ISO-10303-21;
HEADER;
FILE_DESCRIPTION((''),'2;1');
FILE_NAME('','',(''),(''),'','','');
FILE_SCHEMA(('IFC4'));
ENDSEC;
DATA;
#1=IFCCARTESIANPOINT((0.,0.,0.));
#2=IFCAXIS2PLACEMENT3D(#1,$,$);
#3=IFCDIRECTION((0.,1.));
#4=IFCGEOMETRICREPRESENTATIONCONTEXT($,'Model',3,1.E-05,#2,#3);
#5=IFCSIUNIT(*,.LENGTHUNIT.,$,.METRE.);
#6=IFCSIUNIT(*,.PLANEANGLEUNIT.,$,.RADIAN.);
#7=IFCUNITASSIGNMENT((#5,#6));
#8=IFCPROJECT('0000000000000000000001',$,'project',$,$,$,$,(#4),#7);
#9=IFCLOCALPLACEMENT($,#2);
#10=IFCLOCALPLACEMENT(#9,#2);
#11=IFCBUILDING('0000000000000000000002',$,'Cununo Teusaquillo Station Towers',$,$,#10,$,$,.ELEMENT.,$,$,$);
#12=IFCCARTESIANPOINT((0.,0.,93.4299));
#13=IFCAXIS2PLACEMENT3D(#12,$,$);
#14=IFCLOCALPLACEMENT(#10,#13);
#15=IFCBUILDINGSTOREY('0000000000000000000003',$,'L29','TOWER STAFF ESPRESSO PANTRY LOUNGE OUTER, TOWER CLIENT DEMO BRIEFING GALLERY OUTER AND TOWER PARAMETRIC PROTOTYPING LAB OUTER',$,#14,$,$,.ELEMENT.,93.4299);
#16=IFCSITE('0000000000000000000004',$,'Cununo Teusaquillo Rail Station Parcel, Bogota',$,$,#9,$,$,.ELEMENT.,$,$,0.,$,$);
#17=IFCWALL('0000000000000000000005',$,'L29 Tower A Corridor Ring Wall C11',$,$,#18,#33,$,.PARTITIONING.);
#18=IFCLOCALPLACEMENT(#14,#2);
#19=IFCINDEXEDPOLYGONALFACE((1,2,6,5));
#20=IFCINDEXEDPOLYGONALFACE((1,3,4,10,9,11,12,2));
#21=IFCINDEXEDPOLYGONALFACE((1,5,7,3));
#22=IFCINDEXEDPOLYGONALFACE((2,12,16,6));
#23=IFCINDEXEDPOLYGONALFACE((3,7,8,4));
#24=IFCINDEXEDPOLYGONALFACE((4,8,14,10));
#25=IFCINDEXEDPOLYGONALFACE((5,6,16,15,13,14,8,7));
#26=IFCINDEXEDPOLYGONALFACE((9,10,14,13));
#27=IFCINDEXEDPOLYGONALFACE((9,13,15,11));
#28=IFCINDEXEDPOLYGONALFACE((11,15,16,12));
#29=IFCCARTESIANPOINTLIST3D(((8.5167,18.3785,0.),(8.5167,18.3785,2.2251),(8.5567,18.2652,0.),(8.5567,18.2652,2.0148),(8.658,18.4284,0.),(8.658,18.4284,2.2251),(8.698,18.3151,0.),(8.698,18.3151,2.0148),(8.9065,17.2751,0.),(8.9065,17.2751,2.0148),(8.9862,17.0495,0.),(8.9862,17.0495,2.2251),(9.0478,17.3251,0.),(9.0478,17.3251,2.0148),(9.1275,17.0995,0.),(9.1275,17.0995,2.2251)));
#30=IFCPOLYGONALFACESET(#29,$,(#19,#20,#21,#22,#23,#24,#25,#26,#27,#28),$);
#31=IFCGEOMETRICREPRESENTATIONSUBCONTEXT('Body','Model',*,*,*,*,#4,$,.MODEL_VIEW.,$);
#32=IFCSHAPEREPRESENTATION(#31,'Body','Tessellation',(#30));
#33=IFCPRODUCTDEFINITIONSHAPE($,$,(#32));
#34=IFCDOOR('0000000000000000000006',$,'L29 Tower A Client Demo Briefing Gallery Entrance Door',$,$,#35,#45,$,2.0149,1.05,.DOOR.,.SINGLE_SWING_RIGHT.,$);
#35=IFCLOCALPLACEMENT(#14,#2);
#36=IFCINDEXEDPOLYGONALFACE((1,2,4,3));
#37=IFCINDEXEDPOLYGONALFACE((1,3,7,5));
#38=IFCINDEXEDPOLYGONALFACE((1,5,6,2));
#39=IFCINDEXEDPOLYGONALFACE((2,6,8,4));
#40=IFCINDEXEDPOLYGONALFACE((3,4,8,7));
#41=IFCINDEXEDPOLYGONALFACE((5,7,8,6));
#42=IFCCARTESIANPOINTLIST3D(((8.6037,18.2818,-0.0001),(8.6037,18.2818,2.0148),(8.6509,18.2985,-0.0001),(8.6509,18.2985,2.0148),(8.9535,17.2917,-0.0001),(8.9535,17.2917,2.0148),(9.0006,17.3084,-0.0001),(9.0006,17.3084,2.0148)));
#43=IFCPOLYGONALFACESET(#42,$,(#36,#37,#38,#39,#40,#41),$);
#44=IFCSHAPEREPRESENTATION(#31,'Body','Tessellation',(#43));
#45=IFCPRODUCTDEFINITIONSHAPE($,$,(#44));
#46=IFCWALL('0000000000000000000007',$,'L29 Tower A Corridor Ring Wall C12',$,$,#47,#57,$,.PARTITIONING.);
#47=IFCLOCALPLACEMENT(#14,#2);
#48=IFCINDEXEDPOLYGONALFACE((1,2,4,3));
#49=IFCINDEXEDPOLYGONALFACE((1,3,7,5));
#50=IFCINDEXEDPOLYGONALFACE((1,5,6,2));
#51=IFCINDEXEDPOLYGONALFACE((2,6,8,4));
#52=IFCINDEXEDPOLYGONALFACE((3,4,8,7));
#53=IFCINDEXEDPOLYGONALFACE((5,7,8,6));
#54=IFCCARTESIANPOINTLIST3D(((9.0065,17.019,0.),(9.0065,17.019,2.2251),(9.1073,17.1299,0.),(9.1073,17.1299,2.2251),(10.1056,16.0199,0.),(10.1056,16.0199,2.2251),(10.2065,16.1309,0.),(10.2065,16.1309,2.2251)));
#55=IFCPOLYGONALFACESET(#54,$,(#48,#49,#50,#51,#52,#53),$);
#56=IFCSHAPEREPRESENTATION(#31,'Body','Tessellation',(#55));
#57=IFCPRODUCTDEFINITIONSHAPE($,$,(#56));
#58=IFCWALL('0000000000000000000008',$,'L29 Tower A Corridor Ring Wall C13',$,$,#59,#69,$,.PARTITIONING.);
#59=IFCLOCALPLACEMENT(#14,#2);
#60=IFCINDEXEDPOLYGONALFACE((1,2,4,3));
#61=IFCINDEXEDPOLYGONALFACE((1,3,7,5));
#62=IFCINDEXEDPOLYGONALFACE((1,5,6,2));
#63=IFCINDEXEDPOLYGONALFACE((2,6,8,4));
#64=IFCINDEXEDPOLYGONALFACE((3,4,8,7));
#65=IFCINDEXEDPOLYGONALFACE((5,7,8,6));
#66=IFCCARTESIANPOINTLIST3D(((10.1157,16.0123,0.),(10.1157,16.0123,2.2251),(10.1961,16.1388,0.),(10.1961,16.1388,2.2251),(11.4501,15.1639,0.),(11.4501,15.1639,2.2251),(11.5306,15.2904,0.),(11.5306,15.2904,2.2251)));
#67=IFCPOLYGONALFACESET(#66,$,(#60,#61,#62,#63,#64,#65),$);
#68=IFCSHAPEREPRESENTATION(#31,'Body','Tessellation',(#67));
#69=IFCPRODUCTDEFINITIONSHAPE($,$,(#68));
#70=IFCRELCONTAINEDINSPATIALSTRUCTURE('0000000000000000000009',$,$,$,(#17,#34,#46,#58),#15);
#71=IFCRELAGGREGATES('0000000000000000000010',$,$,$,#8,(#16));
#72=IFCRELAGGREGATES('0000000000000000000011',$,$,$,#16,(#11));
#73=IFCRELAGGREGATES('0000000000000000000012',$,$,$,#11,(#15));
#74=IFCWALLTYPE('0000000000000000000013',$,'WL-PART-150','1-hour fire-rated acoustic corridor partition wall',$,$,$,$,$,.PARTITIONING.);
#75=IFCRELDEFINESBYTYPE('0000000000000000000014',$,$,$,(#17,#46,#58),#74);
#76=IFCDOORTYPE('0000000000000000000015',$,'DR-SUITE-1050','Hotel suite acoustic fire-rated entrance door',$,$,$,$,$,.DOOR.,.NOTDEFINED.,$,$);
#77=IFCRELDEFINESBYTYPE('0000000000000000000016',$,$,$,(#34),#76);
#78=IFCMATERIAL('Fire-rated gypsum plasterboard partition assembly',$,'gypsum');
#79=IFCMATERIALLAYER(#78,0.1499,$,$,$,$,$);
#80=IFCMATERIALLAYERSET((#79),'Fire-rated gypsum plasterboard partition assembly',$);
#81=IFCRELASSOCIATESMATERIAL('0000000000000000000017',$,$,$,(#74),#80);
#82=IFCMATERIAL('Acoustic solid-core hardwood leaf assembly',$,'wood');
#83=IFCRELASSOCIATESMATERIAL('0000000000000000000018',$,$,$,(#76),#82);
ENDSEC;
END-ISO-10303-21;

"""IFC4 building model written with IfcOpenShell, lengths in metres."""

from ifc_helpers import new_model, si_unit, direction, frame, frame_2d, origin, place, context, subcontext, project, spatial, rectangle, extrude, source, transform, mapped, material, layer, layer_set, type_object, element, fill, save


model = new_model("IFC4")

# Units and contexts
model_context = context("Model", 3, precision=1e-05, world=origin(), true_north=direction((0.0, 1.0)))
body_context = subcontext(model_context, "Body", "Model", "MODEL_VIEW")
ifc_project = project(units=[si_unit("LENGTHUNIT", "METRE"), si_unit("PLANEANGLEUNIT", "RADIAN")], contexts=[model_context])

# Site, building, storey
site_placement = place(None, origin())
site = spatial("IfcSite", under=ifc_project, at=site_placement, Name="Cununo Teusaquillo Rail Station Parcel, Bogota", CompositionType="ELEMENT", RefElevation=0.0)
building_placement = place(site_placement, origin())
building = spatial("IfcBuilding", under=site, at=building_placement, Name="Cununo Teusaquillo Station Towers", CompositionType="ELEMENT")
storey_placement = place(building_placement, frame((0.0, 0.0, 93.4299)))
storey = spatial("IfcBuildingStorey", under=building, at=storey_placement, Name="L29", Description="TOWER STAFF ESPRESSO PANTRY LOUNGE OUTER, TOWER CLIENT DEMO BRIEFING GALLERY OUTER AND TOWER PARAMETRIC PROTOTYPING LAB OUTER", CompositionType="ELEMENT", Elevation=93.4299)

# Wall, opening, door
ifc_material_1 = material(Name="Fire-rated gypsum plasterboard partition assembly", Category="gypsum")
ifc_layer_1 = layer(ifc_material_1, 0.1499)
ifc_layer_set_1 = layer_set([ifc_layer_1], Name="Fire-rated gypsum plasterboard partition assembly")
wall_type_1 = type_object("IfcWallType", Name="WL-PART-150", Description="1-hour fire-rated acoustic corridor partition wall", PredefinedType="PARTITIONING", material=ifc_layer_set_1)
wall_1_placement = place(storey_placement, frame((8.5874, 18.4033, 0.0), z_axis=(0.0, 0.0, 1.0), x_axis=(0.333119, -0.942885, 0.0)))
wall_1 = element("IfcWall", 1, at=wall_1_placement, inside=storey, type_object=wall_type_1, Name="L29 Tower A Corridor Ring Wall C11", PredefinedType="PARTITIONING", context=body_context, shape_type="SweptSolid", body=[
    extrude(rectangle(XDim=1.4094, YDim=0.1499, at=frame_2d((0.7046, 0.0))), origin(), (0.0, 0.0, 1.0), 2.2251),
])
shared_shape_1 = source(origin(), body_context, "Body", "SweptSolid", [
    extrude(rectangle(XDim=1.05, YDim=2.0149, at=frame_2d((0.5249, 1.0073))), frame((0.0, 0.085, 0.0), z_axis=(0.0, -1.0, 0.0), x_axis=(1.0, 0.0, 0.0)), (0.0, 0.0, 1.0), 0.1699),
])
opening_1_placement = place(wall_1_placement, frame((0.1201, 0.0, 0.0)))
opening_1 = element("IfcOpeningElement", 2, at=opening_1_placement, cuts=wall_1, PredefinedType="OPENING", context=body_context, shape_type="MappedRepresentation", body=[
    mapped(shared_shape_1, transform((0.0, 0.0, 0.0), x_axis=(1.0, 0.0, 0.0), y_axis=(0.0, 1.0, 0.0), z_axis=(0.0, 0.0, 1.0), scale=1.0)),
])
ifc_material_2 = material(Name="Acoustic solid-core hardwood leaf assembly", Category="wood")
door_type_1 = type_object("IfcDoorType", Name="DR-SUITE-1050", Description="Hotel suite acoustic fire-rated entrance door", OperationType="NOTDEFINED", PredefinedType="DOOR", material=ifc_material_2)
shared_shape_2 = source(origin(), body_context, "Body", "SweptSolid", [
    extrude(rectangle(XDim=1.05, YDim=2.0149, at=frame_2d((0.5249, 1.0073))), frame((0.0, 0.0249, 0.0), z_axis=(0.0, -1.0, 0.0), x_axis=(1.0, 0.0, 0.0)), (0.0, 0.0, 1.0), 0.05),
])
door_1_placement = place(opening_1_placement, origin())
door_1 = element("IfcDoor", 3, at=door_1_placement, inside=storey, type_object=door_type_1, Name="L29 Tower A Client Demo Briefing Gallery Entrance Door", OperationType="SINGLE_SWING_RIGHT", OverallHeight=2.0149, OverallWidth=1.05, PredefinedType="DOOR", context=body_context, shape_type="MappedRepresentation", body=[
    mapped(shared_shape_2, transform((0.0, 0.0, 0.0), x_axis=(1.0, 0.0, 0.0), y_axis=(0.0, 1.0, 0.0), z_axis=(0.0, 0.0, 1.0), scale=1.0)),
])
fill(opening_1, door_1)

# Walls
wall_2_placement = place(storey_placement, frame((9.0569, 17.0745, 0.0), z_axis=(0.0, 0.0, 1.0), x_axis=(0.74, -0.672607, 0.0)))
element("IfcWall", 4, at=wall_2_placement, inside=storey, type_object=wall_type_1, Name="L29 Tower A Corridor Ring Wall C12", PredefinedType="PARTITIONING", context=body_context, shape_type="SweptSolid", body=[
    extrude(rectangle(XDim=1.4854, YDim=0.1499, at=frame_2d((0.7427, 0.0))), origin(), (0.0, 0.0, 1.0), 2.2251),
])
wall_3_placement = place(storey_placement, frame((10.156, 16.0754, 0.0), z_axis=(0.0, 0.0, 1.0), x_axis=(0.843897, -0.536506, 0.0)))
element("IfcWall", 5, at=wall_3_placement, inside=storey, type_object=wall_type_1, Name="L29 Tower A Corridor Ring Wall C13", PredefinedType="PARTITIONING", context=body_context, shape_type="SweptSolid", body=[
    extrude(rectangle(XDim=1.5813, YDim=0.1499, at=frame_2d((0.7905, 0.0))), origin(), (0.0, 0.0, 1.0), 2.2251),
])

save(model, "model.ifc")
